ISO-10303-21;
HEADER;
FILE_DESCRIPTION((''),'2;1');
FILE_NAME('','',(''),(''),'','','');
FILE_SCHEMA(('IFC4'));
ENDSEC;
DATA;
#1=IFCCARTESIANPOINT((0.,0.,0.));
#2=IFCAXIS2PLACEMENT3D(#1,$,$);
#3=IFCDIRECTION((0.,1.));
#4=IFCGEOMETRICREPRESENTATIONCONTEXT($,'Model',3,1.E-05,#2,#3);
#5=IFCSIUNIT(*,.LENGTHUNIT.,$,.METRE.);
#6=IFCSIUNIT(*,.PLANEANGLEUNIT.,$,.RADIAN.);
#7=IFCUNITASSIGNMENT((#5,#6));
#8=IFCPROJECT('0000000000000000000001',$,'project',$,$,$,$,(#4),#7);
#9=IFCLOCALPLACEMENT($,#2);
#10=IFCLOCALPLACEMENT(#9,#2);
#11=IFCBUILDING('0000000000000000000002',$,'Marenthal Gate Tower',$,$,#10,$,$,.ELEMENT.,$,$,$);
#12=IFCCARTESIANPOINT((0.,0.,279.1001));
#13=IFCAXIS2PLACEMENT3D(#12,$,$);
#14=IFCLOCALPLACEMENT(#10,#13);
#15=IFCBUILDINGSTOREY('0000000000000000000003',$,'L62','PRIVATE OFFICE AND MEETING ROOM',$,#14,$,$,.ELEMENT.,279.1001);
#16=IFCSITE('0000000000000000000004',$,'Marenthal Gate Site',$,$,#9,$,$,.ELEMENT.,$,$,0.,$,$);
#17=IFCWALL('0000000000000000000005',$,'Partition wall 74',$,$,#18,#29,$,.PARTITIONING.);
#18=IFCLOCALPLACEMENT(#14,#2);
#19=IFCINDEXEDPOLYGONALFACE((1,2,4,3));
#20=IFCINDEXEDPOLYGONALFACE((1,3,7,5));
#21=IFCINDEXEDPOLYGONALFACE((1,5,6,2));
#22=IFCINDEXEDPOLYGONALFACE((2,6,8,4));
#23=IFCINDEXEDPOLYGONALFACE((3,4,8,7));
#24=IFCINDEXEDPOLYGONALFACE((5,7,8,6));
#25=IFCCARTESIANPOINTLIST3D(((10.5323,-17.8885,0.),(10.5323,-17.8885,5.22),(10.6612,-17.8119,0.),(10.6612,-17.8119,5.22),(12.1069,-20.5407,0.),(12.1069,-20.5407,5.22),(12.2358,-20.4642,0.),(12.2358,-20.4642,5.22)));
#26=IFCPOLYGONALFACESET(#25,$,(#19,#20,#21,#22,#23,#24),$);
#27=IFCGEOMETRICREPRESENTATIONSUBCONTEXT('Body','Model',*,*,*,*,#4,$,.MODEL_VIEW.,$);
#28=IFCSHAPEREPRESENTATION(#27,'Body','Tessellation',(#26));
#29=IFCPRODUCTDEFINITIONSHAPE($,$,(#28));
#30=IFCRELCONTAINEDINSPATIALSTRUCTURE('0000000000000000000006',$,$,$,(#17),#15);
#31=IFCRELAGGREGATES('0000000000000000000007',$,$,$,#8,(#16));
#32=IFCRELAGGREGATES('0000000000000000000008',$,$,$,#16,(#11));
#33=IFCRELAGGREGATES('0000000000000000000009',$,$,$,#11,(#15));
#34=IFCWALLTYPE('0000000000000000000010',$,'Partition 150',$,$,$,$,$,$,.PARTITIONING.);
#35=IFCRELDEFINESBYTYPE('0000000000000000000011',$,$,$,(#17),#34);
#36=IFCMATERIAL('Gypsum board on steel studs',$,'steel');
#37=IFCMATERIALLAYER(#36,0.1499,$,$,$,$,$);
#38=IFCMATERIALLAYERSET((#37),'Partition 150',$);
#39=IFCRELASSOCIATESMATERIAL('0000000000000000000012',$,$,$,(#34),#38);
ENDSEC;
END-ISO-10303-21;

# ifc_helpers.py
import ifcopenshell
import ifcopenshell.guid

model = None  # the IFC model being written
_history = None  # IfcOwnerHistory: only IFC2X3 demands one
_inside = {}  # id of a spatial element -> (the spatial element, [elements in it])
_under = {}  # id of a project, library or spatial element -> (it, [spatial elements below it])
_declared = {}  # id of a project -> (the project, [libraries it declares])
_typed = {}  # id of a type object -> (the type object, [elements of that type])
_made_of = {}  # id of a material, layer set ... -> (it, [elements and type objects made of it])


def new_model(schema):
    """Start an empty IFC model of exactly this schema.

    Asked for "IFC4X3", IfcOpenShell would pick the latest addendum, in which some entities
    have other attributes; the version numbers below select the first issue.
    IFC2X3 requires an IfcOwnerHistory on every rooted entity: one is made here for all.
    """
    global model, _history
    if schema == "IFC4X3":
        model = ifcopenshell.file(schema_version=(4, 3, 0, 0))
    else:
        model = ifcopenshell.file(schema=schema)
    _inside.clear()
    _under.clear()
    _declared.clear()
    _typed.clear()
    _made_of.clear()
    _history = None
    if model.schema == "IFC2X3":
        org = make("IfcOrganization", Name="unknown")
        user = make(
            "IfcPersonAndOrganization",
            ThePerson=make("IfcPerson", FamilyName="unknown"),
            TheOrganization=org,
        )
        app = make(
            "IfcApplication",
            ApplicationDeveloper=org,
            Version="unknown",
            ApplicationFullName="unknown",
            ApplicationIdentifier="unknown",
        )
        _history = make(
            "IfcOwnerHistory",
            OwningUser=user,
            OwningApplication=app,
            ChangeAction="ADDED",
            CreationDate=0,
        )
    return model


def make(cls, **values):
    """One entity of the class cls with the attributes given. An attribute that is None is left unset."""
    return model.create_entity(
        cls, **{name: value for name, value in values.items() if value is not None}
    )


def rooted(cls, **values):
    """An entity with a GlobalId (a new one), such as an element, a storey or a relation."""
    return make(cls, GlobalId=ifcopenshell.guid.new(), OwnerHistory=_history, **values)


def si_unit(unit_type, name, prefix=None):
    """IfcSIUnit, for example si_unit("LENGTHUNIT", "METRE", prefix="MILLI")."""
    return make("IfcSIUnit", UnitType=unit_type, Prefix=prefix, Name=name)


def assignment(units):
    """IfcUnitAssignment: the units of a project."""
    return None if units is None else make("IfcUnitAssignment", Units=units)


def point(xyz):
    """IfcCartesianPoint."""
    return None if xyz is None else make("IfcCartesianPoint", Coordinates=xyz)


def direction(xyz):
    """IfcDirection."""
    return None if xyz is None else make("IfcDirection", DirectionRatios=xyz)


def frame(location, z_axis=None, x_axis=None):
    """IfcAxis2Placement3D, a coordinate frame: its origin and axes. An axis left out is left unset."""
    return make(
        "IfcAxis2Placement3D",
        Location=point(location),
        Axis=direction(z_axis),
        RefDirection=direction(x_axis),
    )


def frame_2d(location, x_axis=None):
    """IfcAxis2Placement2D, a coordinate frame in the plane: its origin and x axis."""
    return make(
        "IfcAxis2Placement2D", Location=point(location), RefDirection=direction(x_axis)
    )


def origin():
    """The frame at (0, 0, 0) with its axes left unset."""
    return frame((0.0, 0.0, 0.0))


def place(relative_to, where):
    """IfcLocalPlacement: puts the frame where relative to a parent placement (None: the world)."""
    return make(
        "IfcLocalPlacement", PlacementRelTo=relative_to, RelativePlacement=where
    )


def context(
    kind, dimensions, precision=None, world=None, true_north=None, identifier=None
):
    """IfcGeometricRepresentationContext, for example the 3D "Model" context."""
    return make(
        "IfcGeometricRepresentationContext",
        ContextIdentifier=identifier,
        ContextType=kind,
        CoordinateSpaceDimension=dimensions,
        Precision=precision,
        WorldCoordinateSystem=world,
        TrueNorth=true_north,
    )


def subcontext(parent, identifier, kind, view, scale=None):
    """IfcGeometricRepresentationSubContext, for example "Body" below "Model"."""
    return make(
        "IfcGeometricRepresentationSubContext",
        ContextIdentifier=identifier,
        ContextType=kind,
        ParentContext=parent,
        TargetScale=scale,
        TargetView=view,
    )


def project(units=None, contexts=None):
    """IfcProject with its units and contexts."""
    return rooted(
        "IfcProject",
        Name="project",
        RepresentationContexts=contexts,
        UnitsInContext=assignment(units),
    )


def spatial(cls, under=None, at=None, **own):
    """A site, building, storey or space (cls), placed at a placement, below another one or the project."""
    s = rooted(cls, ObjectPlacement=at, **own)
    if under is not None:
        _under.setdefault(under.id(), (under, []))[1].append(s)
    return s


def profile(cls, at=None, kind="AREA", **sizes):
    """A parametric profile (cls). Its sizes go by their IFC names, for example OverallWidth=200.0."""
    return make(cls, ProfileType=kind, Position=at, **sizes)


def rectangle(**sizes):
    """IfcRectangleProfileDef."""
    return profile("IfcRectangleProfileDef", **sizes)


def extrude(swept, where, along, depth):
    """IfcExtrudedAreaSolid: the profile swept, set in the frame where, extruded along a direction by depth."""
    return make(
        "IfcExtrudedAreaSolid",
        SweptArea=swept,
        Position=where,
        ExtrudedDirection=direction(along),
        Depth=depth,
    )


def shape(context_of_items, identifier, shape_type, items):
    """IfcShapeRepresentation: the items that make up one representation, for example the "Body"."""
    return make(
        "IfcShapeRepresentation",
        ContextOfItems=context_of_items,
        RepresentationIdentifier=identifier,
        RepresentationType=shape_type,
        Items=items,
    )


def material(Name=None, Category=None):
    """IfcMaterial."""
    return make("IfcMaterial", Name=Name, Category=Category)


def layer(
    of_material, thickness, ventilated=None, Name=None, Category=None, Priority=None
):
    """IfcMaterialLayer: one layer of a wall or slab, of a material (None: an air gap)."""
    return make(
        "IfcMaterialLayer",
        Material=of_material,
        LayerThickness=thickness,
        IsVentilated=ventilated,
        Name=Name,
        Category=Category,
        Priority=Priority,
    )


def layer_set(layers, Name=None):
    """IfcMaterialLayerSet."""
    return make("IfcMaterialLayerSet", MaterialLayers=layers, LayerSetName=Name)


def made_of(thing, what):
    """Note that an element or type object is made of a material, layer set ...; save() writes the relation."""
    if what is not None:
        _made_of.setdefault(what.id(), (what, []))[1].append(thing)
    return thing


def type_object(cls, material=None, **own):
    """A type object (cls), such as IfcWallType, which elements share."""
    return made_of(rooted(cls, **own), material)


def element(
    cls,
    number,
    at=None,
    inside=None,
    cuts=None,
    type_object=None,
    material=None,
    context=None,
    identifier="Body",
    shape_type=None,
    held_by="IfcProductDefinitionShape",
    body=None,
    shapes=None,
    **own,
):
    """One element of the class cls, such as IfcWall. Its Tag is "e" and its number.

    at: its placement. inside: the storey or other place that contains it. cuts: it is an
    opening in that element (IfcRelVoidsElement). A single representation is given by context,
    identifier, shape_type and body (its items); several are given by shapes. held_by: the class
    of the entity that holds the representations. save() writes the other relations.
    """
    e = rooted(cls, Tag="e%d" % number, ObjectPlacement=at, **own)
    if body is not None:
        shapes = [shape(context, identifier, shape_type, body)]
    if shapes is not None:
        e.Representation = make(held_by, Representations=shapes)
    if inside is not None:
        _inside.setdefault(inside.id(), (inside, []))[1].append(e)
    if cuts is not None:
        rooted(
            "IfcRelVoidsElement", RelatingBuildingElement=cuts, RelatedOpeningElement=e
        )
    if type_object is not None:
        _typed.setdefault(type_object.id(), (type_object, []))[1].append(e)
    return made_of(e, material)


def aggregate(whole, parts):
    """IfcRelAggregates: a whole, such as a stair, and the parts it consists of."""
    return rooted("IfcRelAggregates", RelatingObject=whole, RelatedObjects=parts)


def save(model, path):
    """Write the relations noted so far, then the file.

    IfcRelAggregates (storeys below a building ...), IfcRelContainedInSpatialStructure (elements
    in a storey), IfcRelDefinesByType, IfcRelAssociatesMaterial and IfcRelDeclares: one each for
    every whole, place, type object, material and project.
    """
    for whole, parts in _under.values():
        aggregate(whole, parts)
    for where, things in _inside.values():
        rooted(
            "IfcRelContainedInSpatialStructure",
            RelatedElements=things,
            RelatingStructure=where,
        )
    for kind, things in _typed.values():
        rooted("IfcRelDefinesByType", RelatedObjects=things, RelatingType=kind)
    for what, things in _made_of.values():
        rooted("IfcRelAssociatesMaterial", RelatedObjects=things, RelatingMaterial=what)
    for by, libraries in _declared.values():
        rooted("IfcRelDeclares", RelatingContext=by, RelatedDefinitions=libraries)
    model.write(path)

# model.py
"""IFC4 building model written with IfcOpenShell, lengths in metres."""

from ifc_helpers import new_model, si_unit, direction, frame, frame_2d, origin, place, context, subcontext, project, spatial, rectangle, extrude, material, layer, layer_set, type_object, element, save


model = new_model("IFC4")

# Units and contexts
model_context = context("Model", 3, precision=1e-05, world=origin(), true_north=direction((0.0, 1.0)))
body_context = subcontext(model_context, "Body", "Model", "MODEL_VIEW")
ifc_project = project(units=[si_unit("LENGTHUNIT", "METRE"), si_unit("PLANEANGLEUNIT", "RADIAN")], contexts=[model_context])

# Site, building, storey
site_placement = place(None, origin())
site = spatial("IfcSite", under=ifc_project, at=site_placement, Name="Marenthal Gate Site", CompositionType="ELEMENT", RefElevation=0.0)
building_placement = place(site_placement, origin())
building = spatial("IfcBuilding", under=site, at=building_placement, Name="Marenthal Gate Tower", CompositionType="ELEMENT")
storey_placement = place(building_placement, frame((0.0, 0.0, 279.1001)))
storey = spatial("IfcBuildingStorey", under=building, at=storey_placement, Name="L62", Description="PRIVATE OFFICE AND MEETING ROOM", CompositionType="ELEMENT", Elevation=279.1001)

# Shared definitions
ifc_material_1 = material(Name="Gypsum board on steel studs", Category="steel")
ifc_layer_1 = layer(ifc_material_1, 0.1499)
ifc_layer_set_1 = layer_set([ifc_layer_1], Name="Partition 150")
wall_type_1 = type_object("IfcWallType", Name="Partition 150", PredefinedType="PARTITIONING", material=ifc_layer_set_1)

# Wall
wall_1_placement = place(storey_placement, frame((12.1714, -20.5024, 0.0), z_axis=(0.0, 0.0, 1.0), x_axis=(-0.510509, 0.859872, 0.0)))
element("IfcWall", 1, at=wall_1_placement, inside=storey, type_object=wall_type_1, Name="Partition wall 74", PredefinedType="PARTITIONING", context=body_context, shape_type="SweptSolid", body=[
    extrude(rectangle(XDim=3.0845, YDim=0.1499, at=frame_2d((1.5422, 0.0))), origin(), (0.0, 0.0, 1.0), 5.22),
])

save(model, "model.ifc")
